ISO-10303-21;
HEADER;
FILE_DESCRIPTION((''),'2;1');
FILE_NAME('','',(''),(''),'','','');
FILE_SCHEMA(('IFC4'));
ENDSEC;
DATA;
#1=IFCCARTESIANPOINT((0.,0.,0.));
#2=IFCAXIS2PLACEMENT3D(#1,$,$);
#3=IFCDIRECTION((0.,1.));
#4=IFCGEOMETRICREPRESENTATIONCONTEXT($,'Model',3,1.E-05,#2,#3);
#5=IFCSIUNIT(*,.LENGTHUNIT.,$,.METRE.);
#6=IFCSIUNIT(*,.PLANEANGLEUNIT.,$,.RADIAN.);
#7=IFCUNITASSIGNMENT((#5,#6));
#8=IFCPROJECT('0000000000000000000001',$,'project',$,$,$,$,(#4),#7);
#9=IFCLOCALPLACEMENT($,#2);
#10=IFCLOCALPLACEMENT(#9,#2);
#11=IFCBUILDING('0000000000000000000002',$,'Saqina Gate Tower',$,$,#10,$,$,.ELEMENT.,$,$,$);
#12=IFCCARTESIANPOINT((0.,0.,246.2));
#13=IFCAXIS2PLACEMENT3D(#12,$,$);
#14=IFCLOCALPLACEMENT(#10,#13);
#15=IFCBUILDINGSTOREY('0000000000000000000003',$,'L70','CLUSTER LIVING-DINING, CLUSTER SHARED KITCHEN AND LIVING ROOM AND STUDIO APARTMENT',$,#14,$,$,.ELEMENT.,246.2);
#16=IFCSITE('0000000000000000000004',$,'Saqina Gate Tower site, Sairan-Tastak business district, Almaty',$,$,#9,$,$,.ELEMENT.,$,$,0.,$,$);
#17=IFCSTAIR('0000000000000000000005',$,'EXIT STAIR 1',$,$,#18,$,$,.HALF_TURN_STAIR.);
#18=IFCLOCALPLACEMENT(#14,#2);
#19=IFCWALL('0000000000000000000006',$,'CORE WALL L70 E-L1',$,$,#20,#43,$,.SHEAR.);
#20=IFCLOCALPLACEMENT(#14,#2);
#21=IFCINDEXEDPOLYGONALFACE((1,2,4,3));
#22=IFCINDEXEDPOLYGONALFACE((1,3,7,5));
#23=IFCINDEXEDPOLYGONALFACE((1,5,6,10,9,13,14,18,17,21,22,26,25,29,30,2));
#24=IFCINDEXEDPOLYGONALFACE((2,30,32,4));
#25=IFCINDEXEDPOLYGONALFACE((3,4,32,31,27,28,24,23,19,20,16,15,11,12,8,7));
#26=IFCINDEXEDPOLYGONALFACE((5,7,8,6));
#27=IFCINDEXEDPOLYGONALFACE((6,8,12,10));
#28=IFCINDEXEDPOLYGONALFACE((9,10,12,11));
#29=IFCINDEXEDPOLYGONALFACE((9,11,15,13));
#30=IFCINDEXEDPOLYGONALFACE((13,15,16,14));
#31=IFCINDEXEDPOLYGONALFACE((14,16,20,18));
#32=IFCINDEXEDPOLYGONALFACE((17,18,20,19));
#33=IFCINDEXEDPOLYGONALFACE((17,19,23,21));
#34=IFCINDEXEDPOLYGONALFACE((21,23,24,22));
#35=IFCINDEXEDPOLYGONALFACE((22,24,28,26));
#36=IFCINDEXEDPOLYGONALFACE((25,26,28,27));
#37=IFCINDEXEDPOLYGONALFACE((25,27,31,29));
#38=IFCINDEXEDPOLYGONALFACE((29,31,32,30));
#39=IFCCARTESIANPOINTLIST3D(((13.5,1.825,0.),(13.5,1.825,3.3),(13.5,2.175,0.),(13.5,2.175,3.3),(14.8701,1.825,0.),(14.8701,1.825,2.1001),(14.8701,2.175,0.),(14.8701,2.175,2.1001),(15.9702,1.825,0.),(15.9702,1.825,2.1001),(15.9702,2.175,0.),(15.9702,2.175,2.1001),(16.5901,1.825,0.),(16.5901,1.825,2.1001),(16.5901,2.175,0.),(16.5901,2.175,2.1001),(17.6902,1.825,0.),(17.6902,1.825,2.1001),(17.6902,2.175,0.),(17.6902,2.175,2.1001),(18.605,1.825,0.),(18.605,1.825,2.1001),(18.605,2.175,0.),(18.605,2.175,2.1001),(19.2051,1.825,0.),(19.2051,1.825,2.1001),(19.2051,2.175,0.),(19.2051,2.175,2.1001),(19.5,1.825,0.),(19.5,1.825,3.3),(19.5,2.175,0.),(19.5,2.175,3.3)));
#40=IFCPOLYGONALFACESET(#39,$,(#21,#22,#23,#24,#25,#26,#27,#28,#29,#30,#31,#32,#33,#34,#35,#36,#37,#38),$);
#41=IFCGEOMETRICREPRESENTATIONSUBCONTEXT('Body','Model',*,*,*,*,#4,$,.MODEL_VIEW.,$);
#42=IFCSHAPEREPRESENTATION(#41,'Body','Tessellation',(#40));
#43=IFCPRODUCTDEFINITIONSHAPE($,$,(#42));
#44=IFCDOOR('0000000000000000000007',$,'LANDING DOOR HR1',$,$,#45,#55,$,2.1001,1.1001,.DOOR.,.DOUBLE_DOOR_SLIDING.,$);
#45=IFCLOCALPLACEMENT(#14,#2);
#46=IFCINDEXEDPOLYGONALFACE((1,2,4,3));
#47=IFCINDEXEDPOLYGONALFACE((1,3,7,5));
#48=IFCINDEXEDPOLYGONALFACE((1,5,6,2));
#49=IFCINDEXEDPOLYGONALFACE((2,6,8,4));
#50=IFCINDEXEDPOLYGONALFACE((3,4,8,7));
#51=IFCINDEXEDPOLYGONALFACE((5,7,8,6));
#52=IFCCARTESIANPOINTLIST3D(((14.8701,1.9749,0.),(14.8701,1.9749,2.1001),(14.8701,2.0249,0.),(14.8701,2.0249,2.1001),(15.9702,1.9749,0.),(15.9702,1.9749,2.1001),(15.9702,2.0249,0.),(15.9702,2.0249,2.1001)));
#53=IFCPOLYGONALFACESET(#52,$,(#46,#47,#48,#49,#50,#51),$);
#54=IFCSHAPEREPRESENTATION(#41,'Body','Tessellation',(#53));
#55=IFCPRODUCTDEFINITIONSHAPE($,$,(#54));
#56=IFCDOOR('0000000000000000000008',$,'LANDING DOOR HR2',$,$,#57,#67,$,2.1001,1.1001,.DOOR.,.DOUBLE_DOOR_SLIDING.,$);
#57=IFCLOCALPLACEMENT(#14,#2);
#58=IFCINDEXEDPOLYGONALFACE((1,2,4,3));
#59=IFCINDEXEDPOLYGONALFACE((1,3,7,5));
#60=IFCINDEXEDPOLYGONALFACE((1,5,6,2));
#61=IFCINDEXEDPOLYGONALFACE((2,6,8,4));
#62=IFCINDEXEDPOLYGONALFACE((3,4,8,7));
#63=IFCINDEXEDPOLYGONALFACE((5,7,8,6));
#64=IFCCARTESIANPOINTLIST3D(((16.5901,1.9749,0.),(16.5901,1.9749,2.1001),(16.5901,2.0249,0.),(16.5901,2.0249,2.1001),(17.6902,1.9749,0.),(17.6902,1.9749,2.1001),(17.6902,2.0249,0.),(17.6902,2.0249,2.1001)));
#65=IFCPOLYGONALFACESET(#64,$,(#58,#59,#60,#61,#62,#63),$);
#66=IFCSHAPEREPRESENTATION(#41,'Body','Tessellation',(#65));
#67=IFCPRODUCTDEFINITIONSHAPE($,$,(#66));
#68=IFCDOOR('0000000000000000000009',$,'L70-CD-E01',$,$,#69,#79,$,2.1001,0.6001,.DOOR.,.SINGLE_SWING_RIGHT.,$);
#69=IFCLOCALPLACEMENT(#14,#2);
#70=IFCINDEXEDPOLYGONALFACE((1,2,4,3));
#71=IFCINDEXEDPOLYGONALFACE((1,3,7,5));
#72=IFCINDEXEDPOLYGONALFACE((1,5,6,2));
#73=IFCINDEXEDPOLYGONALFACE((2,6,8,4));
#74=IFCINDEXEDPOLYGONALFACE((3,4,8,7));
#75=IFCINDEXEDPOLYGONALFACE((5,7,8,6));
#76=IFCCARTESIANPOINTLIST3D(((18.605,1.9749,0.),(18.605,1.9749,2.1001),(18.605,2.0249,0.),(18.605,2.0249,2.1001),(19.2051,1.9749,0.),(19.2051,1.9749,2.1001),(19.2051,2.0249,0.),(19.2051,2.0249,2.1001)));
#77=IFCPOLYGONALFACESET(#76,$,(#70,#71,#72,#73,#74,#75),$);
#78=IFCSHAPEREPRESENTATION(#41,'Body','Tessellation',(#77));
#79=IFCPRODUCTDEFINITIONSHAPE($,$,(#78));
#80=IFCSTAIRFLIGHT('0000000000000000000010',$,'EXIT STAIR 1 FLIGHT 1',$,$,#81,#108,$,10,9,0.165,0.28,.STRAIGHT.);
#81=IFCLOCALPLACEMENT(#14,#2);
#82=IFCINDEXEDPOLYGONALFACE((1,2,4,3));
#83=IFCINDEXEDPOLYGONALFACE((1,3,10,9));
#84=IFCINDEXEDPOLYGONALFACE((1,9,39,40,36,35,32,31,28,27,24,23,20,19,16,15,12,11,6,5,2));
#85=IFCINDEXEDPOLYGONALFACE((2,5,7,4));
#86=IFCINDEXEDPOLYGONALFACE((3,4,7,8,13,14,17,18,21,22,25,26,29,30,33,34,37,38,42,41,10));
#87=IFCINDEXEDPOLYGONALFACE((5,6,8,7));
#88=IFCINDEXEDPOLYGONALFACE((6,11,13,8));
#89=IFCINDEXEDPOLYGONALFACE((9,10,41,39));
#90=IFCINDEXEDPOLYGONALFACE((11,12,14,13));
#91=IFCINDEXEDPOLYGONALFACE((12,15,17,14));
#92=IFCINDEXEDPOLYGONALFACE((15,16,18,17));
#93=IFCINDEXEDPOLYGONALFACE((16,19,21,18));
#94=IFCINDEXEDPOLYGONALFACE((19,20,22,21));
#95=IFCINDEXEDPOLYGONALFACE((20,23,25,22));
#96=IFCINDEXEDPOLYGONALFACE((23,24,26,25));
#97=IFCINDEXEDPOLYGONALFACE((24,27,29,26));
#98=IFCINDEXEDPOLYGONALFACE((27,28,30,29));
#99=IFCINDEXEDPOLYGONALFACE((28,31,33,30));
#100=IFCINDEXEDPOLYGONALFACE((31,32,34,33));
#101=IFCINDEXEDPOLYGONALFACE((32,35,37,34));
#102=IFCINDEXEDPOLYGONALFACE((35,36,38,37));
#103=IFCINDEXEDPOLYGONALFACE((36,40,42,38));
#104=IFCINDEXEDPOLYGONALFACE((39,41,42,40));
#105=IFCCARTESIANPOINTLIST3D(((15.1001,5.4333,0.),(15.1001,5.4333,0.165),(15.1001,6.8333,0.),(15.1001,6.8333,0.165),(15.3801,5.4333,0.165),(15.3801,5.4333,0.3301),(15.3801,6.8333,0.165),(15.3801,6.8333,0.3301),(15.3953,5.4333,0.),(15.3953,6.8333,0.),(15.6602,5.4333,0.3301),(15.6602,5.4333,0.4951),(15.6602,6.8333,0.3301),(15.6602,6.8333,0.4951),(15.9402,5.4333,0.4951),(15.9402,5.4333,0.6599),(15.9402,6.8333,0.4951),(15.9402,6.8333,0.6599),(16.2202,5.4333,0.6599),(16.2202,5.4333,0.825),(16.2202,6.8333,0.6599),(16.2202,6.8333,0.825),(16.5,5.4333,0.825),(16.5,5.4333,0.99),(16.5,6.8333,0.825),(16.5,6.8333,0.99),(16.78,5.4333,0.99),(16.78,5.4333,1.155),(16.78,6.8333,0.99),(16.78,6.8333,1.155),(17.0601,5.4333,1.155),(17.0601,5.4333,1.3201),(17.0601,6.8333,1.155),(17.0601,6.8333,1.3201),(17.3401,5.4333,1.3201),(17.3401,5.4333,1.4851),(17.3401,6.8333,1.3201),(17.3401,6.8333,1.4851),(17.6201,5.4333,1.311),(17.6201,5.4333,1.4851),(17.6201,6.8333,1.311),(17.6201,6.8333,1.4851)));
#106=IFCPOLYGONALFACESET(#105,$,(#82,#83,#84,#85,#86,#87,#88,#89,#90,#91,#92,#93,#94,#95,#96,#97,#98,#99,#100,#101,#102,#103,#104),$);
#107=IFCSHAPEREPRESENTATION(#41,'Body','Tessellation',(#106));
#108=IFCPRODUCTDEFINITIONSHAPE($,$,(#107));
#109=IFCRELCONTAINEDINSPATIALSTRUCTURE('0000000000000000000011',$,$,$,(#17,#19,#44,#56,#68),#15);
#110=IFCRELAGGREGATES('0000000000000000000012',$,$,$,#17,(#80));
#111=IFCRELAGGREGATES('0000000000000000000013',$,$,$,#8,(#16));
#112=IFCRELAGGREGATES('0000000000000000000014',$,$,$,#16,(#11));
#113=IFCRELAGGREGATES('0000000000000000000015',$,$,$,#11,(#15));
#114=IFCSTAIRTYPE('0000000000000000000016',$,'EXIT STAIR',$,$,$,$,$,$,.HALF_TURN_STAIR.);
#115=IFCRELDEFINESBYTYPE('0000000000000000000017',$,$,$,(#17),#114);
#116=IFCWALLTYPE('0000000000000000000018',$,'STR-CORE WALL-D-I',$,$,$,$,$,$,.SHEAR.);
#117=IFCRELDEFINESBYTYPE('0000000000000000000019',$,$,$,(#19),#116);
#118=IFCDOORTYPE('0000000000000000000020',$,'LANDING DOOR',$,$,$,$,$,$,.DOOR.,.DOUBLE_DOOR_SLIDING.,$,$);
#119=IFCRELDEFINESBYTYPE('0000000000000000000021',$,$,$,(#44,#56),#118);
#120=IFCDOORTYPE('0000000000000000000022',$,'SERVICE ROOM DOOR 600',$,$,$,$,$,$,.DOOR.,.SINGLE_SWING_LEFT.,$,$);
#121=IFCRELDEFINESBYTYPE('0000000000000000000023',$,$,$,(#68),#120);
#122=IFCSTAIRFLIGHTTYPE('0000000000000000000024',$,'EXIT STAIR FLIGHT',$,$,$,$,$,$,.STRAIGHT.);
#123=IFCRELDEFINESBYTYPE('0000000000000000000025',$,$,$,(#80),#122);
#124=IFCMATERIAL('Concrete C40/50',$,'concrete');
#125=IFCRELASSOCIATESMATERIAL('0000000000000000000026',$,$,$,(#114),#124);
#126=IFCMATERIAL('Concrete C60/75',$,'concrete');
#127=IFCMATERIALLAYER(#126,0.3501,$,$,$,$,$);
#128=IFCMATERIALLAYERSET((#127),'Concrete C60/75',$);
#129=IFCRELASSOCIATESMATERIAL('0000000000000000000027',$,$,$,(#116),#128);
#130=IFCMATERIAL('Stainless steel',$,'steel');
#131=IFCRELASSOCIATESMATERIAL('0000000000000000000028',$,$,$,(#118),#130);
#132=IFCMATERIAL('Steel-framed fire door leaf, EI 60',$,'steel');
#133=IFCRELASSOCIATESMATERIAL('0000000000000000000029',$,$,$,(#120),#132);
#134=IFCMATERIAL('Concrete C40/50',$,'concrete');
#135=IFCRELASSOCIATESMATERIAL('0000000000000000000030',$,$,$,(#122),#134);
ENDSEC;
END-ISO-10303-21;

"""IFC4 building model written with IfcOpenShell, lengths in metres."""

from ifc_helpers import new_model, si_unit, direction, frame, frame_2d, origin, place, context, subcontext, project, spatial, polyline, rectangle, outline, extrude, material, layer, layer_set, type_object, element, fill, aggregate, save


model = new_model("IFC4")

# Units and contexts
model_context = context("Model", 3, precision=1e-05, world=origin(), true_north=direction((0.0, 1.0)))
body_context = subcontext(model_context, "Body", "Model", "MODEL_VIEW")
ifc_project = project(units=[si_unit("LENGTHUNIT", "METRE"), si_unit("PLANEANGLEUNIT", "RADIAN")], contexts=[model_context])

# Site, building, storey
site_placement = place(None, origin())
site = spatial("IfcSite", under=ifc_project, at=site_placement, Name="Saqina Gate Tower site, Sairan-Tastak business district, Almaty", CompositionType="ELEMENT", RefElevation=0.0)
building_placement = place(site_placement, origin())
building = spatial("IfcBuilding", under=site, at=building_placement, Name="Saqina Gate Tower", CompositionType="ELEMENT")
storey_placement = place(building_placement, frame((0.0, 0.0, 246.2)))
storey = spatial("IfcBuildingStorey", under=building, at=storey_placement, Name="L70", Description="CLUSTER LIVING-DINING, CLUSTER SHARED KITCHEN AND LIVING ROOM AND STUDIO APARTMENT", CompositionType="ELEMENT", Elevation=246.2)

# Stair
ifc_material_1 = material(Name="Concrete C40/50", Category="concrete")
stair_type = type_object("IfcStairType", Name="EXIT STAIR", PredefinedType="HALF_TURN_STAIR", material=ifc_material_1)
stair_1_placement = place(storey_placement, origin())
stair_1 = element("IfcStair", 1, at=stair_1_placement, inside=storey, type_object=stair_type, Name="EXIT STAIR 1", PredefinedType="HALF_TURN_STAIR")

# Shared definitions
ifc_material_2 = material(Name="Concrete C60/75", Category="concrete")
ifc_layer_1 = layer(ifc_material_2, 0.3501)
ifc_layer_set_1 = layer_set([ifc_layer_1], Name="Concrete C60/75")
wall_type_1 = type_object("IfcWallType", Name="STR-CORE WALL-D-I", PredefinedType="SHEAR", material=ifc_layer_set_1)

# Wall, openings, doors
wall_1_placement = place(storey_placement, frame((13.5, 2.0, 0.0), z_axis=(0.0, 0.0, 1.0), x_axis=(1.0, 0.0, 0.0)))
wall_1 = element("IfcWall", 2, at=wall_1_placement, inside=storey, type_object=wall_type_1, Name="CORE WALL L70 E-L1", PredefinedType="SHEAR", context=body_context, shape_type="SweptSolid", body=[
    extrude(rectangle(XDim=6.0, YDim=0.3501, at=frame_2d((3.0, 0.0))), origin(), (0.0, 0.0, 1.0), 3.3),
])
opening_1_placement = place(wall_1_placement, frame((1.3701, 0.0, 0.0)))
opening_1 = element("IfcOpeningElement", 3, at=opening_1_placement, cuts=wall_1, PredefinedType="OPENING", context=body_context, shape_type="SweptSolid", body=[
    extrude(rectangle(XDim=1.1001, YDim=2.1001, at=frame_2d((0.55, 1.05))), frame((0.0, 0.187, 0.0), z_axis=(0.0, -1.0, 0.0), x_axis=(1.0, 0.0, 0.0)), (0.0, 0.0, 1.0), 0.374),
])
opening_2_placement = place(wall_1_placement, frame((3.0901, 0.0, 0.0)))
opening_2 = element("IfcOpeningElement", 4, at=opening_2_placement, cuts=wall_1, PredefinedType="OPENING", context=body_context, shape_type="SweptSolid", body=[
    extrude(rectangle(XDim=1.1001, YDim=2.1001, at=frame_2d((0.55, 1.05))), frame((0.0, 0.187, 0.0), z_axis=(0.0, -1.0, 0.0), x_axis=(1.0, 0.0, 0.0)), (0.0, 0.0, 1.0), 0.374),
])
opening_3_placement = place(wall_1_placement, frame((5.105, 0.0, 0.0)))
opening_3 = element("IfcOpeningElement", 5, at=opening_3_placement, cuts=wall_1, PredefinedType="OPENING", context=body_context, shape_type="SweptSolid", body=[
    extrude(rectangle(XDim=0.6001, YDim=2.1001, at=frame_2d((0.3, 1.05))), frame((0.0, 0.187, 0.0), z_axis=(0.0, -1.0, 0.0), x_axis=(1.0, 0.0, 0.0)), (0.0, 0.0, 1.0), 0.374),
])
ifc_material_3 = material(Name="Stainless steel", Category="steel")
door_type_1 = type_object("IfcDoorType", Name="LANDING DOOR", OperationType="DOUBLE_DOOR_SLIDING", PredefinedType="DOOR", material=ifc_material_3)
door_1_placement = place(opening_1_placement, origin())
door_1 = element("IfcDoor", 6, at=door_1_placement, inside=storey, type_object=door_type_1, Name="LANDING DOOR HR1", OperationType="DOUBLE_DOOR_SLIDING", OverallHeight=2.1001, OverallWidth=1.1001, PredefinedType="DOOR", context=body_context, shape_type="SweptSolid", body=[
    extrude(rectangle(XDim=1.1001, YDim=2.1001, at=frame_2d((0.55, 1.05))), frame((0.0, 0.0249, 0.0), z_axis=(0.0, -1.0, 0.0), x_axis=(1.0, 0.0, 0.0)), (0.0, 0.0, 1.0), 0.05),
])
fill(opening_1, door_1)
door_2_placement = place(opening_2_placement, origin())
door_2 = element("IfcDoor", 7, at=door_2_placement, inside=storey, type_object=door_type_1, Name="LANDING DOOR HR2", OperationType="DOUBLE_DOOR_SLIDING", OverallHeight=2.1001, OverallWidth=1.1001, PredefinedType="DOOR", context=body_context, shape_type="SweptSolid", body=[
    extrude(rectangle(XDim=1.1001, YDim=2.1001, at=frame_2d((0.55, 1.05))), frame((0.0, 0.0249, 0.0), z_axis=(0.0, -1.0, 0.0), x_axis=(1.0, 0.0, 0.0)), (0.0, 0.0, 1.0), 0.05),
])
fill(opening_2, door_2)
ifc_material_4 = material(Name="Steel-framed fire door leaf, EI 60", Category="steel")
door_type_2 = type_object("IfcDoorType", Name="SERVICE ROOM DOOR 600", OperationType="SINGLE_SWING_LEFT", PredefinedType="DOOR", material=ifc_material_4)
door_3_placement = place(opening_3_placement, origin())
door_3 = element("IfcDoor", 8, at=door_3_placement, inside=storey, type_object=door_type_2, Name="L70-CD-E01", OperationType="SINGLE_SWING_RIGHT", OverallHeight=2.1001, OverallWidth=0.6001, PredefinedType="DOOR", context=body_context, shape_type="SweptSolid", body=[
    extrude(rectangle(XDim=0.6001, YDim=2.1001, at=frame_2d((0.3, 1.05))), frame((0.0, 0.0249, 0.0), z_axis=(0.0, -1.0, 0.0), x_axis=(1.0, 0.0, 0.0)), (0.0, 0.0, 1.0), 0.05),
])
fill(opening_3, door_3)

# Stair flight
ifc_material_5 = material(Name="Concrete C40/50", Category="concrete")
stair_flight_type = type_object("IfcStairFlightType", Name="EXIT STAIR FLIGHT", PredefinedType="STRAIGHT", material=ifc_material_5)
stair_flight_placement = place(storey_placement, frame((15.1001, 6.1333, 0.0), z_axis=(0.0, 0.0, 1.0), x_axis=(1.0, 0.0, 0.0)))
stair_flight = element("IfcStairFlight", 9, at=stair_flight_placement, type_object=stair_flight_type, Name="EXIT STAIR 1 FLIGHT 1", NumberOfRisers=10, NumberOfTreads=9, PredefinedType="STRAIGHT", RiserHeight=0.165, TreadLength=0.28, context=body_context, shape_type="SweptSolid", body=[
    extrude(outline(polyline([(0.0, 0.0), (0.0, 0.165), (0.28, 0.165), (0.28, 0.3301), (0.5601, 0.3301), (0.5601, 0.4951), (0.8401, 0.4951), (0.8401, 0.6599), (1.1201, 0.6599), (1.1201, 0.825), (1.3999, 0.825), (1.3999, 0.99), (1.6799, 0.99), (1.6799, 1.155), (1.96, 1.155), (1.96, 1.3201), (2.24, 1.3201), (2.24, 1.4851), (2.52, 1.4851), (2.52, 1.6499), (2.52, 1.311), (0.2952, 0.0), (0.0, 0.0)])), frame((0.0, 0.7, 0.0), z_axis=(0.0, -1.0, 0.0), x_axis=(1.0, 0.0, 0.0)), (0.0, 0.0, 1.0), 1.3999),
])
aggregate(stair_1, [stair_flight])

save(model, "model.ifc")
